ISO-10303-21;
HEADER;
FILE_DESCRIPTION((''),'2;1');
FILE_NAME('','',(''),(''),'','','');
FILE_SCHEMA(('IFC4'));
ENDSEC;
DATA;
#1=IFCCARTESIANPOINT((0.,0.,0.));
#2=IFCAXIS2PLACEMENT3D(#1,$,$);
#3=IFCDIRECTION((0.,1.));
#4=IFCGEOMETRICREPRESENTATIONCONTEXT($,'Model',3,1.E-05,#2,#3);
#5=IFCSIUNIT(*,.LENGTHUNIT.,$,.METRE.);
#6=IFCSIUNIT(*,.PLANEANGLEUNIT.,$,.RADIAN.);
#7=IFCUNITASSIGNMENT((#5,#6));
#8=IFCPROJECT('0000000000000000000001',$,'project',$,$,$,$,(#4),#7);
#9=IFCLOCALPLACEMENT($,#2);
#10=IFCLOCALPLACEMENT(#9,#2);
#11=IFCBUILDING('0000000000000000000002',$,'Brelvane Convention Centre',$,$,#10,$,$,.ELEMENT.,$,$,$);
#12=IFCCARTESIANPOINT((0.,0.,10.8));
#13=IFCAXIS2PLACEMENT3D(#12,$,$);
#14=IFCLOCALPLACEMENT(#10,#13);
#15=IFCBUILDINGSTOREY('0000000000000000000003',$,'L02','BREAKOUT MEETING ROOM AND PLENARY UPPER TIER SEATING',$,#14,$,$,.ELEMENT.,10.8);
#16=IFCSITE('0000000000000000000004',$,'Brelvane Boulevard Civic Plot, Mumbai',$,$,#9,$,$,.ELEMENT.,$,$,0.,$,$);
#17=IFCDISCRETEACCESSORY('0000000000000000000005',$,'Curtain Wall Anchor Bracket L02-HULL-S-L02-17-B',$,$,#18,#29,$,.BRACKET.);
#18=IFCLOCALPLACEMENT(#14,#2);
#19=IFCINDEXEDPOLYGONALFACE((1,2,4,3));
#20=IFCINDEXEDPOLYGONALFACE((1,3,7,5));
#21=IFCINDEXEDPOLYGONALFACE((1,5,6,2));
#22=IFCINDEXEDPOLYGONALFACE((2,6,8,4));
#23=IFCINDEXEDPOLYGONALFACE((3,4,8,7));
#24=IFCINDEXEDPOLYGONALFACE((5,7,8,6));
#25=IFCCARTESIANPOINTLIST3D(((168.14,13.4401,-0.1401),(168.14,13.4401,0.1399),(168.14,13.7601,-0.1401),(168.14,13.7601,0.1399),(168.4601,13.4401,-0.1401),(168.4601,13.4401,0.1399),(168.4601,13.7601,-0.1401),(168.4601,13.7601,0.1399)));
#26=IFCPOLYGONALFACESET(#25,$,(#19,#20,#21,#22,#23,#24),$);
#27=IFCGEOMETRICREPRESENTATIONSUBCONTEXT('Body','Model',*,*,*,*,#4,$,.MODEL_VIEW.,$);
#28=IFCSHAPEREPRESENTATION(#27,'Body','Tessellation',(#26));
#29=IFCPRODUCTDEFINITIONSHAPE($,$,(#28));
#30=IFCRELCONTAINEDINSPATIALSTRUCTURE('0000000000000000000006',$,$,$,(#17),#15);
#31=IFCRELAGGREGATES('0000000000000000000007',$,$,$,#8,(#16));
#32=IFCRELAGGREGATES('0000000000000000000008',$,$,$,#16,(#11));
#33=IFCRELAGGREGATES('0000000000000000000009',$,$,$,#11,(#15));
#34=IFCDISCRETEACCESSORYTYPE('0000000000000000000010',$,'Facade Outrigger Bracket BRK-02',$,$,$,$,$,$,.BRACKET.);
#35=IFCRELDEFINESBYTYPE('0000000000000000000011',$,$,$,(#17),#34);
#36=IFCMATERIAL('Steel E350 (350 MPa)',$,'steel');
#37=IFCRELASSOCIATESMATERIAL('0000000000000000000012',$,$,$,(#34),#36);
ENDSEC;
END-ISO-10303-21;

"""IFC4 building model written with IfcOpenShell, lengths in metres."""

from ifc_helpers import new_model, si_unit, direction, frame, origin, origin_2d, place, context, subcontext, project, spatial, rectangle, extrude, material, type_object, element, save


model = new_model("IFC4")

# Units and contexts
model_context = context("Model", 3, precision=1e-05, world=origin(), true_north=direction((0.0, 1.0)))
body_context = subcontext(model_context, "Body", "Model", "MODEL_VIEW")
ifc_project = project(units=[si_unit("LENGTHUNIT", "METRE"), si_unit("PLANEANGLEUNIT", "RADIAN")], contexts=[model_context])

# Site, building, storey
site_placement = place(None, origin())
site = spatial("IfcSite", under=ifc_project, at=site_placement, Name="Brelvane Boulevard Civic Plot, Mumbai", CompositionType="ELEMENT", RefElevation=0.0)
building_placement = place(site_placement, origin())
building = spatial("IfcBuilding", under=site, at=building_placement, Name="Brelvane Convention Centre", CompositionType="ELEMENT")
storey_placement = place(building_placement, frame((0.0, 0.0, 10.8)))
storey = spatial("IfcBuildingStorey", under=building, at=storey_placement, Name="L02", Description="BREAKOUT MEETING ROOM AND PLENARY UPPER TIER SEATING", CompositionType="ELEMENT", Elevation=10.8)

# Discrete accessory
ifc_material_1 = material(Name="Steel E350 (350 MPa)", Category="steel")
discrete_accessory_type = type_object("IfcDiscreteAccessoryType", Name="Facade Outrigger Bracket BRK-02", PredefinedType="BRACKET", material=ifc_material_1)
discrete_accessory_1_placement = place(storey_placement, frame((168.3, 13.6001, -0.1401), z_axis=(0.0, 0.0, 1.0), x_axis=(1.0, 0.0, 0.0)))
element("IfcDiscreteAccessory", 1, at=discrete_accessory_1_placement, inside=storey, type_object=discrete_accessory_type, Name="Curtain Wall Anchor Bracket L02-HULL-S-L02-17-B", PredefinedType="BRACKET", context=body_context, shape_type="SweptSolid", body=[
    extrude(rectangle(XDim=0.3201, YDim=0.3201, at=origin_2d()), origin(), (0.0, 0.0, 1.0), 0.28),
])

save(model, "model.ifc")
